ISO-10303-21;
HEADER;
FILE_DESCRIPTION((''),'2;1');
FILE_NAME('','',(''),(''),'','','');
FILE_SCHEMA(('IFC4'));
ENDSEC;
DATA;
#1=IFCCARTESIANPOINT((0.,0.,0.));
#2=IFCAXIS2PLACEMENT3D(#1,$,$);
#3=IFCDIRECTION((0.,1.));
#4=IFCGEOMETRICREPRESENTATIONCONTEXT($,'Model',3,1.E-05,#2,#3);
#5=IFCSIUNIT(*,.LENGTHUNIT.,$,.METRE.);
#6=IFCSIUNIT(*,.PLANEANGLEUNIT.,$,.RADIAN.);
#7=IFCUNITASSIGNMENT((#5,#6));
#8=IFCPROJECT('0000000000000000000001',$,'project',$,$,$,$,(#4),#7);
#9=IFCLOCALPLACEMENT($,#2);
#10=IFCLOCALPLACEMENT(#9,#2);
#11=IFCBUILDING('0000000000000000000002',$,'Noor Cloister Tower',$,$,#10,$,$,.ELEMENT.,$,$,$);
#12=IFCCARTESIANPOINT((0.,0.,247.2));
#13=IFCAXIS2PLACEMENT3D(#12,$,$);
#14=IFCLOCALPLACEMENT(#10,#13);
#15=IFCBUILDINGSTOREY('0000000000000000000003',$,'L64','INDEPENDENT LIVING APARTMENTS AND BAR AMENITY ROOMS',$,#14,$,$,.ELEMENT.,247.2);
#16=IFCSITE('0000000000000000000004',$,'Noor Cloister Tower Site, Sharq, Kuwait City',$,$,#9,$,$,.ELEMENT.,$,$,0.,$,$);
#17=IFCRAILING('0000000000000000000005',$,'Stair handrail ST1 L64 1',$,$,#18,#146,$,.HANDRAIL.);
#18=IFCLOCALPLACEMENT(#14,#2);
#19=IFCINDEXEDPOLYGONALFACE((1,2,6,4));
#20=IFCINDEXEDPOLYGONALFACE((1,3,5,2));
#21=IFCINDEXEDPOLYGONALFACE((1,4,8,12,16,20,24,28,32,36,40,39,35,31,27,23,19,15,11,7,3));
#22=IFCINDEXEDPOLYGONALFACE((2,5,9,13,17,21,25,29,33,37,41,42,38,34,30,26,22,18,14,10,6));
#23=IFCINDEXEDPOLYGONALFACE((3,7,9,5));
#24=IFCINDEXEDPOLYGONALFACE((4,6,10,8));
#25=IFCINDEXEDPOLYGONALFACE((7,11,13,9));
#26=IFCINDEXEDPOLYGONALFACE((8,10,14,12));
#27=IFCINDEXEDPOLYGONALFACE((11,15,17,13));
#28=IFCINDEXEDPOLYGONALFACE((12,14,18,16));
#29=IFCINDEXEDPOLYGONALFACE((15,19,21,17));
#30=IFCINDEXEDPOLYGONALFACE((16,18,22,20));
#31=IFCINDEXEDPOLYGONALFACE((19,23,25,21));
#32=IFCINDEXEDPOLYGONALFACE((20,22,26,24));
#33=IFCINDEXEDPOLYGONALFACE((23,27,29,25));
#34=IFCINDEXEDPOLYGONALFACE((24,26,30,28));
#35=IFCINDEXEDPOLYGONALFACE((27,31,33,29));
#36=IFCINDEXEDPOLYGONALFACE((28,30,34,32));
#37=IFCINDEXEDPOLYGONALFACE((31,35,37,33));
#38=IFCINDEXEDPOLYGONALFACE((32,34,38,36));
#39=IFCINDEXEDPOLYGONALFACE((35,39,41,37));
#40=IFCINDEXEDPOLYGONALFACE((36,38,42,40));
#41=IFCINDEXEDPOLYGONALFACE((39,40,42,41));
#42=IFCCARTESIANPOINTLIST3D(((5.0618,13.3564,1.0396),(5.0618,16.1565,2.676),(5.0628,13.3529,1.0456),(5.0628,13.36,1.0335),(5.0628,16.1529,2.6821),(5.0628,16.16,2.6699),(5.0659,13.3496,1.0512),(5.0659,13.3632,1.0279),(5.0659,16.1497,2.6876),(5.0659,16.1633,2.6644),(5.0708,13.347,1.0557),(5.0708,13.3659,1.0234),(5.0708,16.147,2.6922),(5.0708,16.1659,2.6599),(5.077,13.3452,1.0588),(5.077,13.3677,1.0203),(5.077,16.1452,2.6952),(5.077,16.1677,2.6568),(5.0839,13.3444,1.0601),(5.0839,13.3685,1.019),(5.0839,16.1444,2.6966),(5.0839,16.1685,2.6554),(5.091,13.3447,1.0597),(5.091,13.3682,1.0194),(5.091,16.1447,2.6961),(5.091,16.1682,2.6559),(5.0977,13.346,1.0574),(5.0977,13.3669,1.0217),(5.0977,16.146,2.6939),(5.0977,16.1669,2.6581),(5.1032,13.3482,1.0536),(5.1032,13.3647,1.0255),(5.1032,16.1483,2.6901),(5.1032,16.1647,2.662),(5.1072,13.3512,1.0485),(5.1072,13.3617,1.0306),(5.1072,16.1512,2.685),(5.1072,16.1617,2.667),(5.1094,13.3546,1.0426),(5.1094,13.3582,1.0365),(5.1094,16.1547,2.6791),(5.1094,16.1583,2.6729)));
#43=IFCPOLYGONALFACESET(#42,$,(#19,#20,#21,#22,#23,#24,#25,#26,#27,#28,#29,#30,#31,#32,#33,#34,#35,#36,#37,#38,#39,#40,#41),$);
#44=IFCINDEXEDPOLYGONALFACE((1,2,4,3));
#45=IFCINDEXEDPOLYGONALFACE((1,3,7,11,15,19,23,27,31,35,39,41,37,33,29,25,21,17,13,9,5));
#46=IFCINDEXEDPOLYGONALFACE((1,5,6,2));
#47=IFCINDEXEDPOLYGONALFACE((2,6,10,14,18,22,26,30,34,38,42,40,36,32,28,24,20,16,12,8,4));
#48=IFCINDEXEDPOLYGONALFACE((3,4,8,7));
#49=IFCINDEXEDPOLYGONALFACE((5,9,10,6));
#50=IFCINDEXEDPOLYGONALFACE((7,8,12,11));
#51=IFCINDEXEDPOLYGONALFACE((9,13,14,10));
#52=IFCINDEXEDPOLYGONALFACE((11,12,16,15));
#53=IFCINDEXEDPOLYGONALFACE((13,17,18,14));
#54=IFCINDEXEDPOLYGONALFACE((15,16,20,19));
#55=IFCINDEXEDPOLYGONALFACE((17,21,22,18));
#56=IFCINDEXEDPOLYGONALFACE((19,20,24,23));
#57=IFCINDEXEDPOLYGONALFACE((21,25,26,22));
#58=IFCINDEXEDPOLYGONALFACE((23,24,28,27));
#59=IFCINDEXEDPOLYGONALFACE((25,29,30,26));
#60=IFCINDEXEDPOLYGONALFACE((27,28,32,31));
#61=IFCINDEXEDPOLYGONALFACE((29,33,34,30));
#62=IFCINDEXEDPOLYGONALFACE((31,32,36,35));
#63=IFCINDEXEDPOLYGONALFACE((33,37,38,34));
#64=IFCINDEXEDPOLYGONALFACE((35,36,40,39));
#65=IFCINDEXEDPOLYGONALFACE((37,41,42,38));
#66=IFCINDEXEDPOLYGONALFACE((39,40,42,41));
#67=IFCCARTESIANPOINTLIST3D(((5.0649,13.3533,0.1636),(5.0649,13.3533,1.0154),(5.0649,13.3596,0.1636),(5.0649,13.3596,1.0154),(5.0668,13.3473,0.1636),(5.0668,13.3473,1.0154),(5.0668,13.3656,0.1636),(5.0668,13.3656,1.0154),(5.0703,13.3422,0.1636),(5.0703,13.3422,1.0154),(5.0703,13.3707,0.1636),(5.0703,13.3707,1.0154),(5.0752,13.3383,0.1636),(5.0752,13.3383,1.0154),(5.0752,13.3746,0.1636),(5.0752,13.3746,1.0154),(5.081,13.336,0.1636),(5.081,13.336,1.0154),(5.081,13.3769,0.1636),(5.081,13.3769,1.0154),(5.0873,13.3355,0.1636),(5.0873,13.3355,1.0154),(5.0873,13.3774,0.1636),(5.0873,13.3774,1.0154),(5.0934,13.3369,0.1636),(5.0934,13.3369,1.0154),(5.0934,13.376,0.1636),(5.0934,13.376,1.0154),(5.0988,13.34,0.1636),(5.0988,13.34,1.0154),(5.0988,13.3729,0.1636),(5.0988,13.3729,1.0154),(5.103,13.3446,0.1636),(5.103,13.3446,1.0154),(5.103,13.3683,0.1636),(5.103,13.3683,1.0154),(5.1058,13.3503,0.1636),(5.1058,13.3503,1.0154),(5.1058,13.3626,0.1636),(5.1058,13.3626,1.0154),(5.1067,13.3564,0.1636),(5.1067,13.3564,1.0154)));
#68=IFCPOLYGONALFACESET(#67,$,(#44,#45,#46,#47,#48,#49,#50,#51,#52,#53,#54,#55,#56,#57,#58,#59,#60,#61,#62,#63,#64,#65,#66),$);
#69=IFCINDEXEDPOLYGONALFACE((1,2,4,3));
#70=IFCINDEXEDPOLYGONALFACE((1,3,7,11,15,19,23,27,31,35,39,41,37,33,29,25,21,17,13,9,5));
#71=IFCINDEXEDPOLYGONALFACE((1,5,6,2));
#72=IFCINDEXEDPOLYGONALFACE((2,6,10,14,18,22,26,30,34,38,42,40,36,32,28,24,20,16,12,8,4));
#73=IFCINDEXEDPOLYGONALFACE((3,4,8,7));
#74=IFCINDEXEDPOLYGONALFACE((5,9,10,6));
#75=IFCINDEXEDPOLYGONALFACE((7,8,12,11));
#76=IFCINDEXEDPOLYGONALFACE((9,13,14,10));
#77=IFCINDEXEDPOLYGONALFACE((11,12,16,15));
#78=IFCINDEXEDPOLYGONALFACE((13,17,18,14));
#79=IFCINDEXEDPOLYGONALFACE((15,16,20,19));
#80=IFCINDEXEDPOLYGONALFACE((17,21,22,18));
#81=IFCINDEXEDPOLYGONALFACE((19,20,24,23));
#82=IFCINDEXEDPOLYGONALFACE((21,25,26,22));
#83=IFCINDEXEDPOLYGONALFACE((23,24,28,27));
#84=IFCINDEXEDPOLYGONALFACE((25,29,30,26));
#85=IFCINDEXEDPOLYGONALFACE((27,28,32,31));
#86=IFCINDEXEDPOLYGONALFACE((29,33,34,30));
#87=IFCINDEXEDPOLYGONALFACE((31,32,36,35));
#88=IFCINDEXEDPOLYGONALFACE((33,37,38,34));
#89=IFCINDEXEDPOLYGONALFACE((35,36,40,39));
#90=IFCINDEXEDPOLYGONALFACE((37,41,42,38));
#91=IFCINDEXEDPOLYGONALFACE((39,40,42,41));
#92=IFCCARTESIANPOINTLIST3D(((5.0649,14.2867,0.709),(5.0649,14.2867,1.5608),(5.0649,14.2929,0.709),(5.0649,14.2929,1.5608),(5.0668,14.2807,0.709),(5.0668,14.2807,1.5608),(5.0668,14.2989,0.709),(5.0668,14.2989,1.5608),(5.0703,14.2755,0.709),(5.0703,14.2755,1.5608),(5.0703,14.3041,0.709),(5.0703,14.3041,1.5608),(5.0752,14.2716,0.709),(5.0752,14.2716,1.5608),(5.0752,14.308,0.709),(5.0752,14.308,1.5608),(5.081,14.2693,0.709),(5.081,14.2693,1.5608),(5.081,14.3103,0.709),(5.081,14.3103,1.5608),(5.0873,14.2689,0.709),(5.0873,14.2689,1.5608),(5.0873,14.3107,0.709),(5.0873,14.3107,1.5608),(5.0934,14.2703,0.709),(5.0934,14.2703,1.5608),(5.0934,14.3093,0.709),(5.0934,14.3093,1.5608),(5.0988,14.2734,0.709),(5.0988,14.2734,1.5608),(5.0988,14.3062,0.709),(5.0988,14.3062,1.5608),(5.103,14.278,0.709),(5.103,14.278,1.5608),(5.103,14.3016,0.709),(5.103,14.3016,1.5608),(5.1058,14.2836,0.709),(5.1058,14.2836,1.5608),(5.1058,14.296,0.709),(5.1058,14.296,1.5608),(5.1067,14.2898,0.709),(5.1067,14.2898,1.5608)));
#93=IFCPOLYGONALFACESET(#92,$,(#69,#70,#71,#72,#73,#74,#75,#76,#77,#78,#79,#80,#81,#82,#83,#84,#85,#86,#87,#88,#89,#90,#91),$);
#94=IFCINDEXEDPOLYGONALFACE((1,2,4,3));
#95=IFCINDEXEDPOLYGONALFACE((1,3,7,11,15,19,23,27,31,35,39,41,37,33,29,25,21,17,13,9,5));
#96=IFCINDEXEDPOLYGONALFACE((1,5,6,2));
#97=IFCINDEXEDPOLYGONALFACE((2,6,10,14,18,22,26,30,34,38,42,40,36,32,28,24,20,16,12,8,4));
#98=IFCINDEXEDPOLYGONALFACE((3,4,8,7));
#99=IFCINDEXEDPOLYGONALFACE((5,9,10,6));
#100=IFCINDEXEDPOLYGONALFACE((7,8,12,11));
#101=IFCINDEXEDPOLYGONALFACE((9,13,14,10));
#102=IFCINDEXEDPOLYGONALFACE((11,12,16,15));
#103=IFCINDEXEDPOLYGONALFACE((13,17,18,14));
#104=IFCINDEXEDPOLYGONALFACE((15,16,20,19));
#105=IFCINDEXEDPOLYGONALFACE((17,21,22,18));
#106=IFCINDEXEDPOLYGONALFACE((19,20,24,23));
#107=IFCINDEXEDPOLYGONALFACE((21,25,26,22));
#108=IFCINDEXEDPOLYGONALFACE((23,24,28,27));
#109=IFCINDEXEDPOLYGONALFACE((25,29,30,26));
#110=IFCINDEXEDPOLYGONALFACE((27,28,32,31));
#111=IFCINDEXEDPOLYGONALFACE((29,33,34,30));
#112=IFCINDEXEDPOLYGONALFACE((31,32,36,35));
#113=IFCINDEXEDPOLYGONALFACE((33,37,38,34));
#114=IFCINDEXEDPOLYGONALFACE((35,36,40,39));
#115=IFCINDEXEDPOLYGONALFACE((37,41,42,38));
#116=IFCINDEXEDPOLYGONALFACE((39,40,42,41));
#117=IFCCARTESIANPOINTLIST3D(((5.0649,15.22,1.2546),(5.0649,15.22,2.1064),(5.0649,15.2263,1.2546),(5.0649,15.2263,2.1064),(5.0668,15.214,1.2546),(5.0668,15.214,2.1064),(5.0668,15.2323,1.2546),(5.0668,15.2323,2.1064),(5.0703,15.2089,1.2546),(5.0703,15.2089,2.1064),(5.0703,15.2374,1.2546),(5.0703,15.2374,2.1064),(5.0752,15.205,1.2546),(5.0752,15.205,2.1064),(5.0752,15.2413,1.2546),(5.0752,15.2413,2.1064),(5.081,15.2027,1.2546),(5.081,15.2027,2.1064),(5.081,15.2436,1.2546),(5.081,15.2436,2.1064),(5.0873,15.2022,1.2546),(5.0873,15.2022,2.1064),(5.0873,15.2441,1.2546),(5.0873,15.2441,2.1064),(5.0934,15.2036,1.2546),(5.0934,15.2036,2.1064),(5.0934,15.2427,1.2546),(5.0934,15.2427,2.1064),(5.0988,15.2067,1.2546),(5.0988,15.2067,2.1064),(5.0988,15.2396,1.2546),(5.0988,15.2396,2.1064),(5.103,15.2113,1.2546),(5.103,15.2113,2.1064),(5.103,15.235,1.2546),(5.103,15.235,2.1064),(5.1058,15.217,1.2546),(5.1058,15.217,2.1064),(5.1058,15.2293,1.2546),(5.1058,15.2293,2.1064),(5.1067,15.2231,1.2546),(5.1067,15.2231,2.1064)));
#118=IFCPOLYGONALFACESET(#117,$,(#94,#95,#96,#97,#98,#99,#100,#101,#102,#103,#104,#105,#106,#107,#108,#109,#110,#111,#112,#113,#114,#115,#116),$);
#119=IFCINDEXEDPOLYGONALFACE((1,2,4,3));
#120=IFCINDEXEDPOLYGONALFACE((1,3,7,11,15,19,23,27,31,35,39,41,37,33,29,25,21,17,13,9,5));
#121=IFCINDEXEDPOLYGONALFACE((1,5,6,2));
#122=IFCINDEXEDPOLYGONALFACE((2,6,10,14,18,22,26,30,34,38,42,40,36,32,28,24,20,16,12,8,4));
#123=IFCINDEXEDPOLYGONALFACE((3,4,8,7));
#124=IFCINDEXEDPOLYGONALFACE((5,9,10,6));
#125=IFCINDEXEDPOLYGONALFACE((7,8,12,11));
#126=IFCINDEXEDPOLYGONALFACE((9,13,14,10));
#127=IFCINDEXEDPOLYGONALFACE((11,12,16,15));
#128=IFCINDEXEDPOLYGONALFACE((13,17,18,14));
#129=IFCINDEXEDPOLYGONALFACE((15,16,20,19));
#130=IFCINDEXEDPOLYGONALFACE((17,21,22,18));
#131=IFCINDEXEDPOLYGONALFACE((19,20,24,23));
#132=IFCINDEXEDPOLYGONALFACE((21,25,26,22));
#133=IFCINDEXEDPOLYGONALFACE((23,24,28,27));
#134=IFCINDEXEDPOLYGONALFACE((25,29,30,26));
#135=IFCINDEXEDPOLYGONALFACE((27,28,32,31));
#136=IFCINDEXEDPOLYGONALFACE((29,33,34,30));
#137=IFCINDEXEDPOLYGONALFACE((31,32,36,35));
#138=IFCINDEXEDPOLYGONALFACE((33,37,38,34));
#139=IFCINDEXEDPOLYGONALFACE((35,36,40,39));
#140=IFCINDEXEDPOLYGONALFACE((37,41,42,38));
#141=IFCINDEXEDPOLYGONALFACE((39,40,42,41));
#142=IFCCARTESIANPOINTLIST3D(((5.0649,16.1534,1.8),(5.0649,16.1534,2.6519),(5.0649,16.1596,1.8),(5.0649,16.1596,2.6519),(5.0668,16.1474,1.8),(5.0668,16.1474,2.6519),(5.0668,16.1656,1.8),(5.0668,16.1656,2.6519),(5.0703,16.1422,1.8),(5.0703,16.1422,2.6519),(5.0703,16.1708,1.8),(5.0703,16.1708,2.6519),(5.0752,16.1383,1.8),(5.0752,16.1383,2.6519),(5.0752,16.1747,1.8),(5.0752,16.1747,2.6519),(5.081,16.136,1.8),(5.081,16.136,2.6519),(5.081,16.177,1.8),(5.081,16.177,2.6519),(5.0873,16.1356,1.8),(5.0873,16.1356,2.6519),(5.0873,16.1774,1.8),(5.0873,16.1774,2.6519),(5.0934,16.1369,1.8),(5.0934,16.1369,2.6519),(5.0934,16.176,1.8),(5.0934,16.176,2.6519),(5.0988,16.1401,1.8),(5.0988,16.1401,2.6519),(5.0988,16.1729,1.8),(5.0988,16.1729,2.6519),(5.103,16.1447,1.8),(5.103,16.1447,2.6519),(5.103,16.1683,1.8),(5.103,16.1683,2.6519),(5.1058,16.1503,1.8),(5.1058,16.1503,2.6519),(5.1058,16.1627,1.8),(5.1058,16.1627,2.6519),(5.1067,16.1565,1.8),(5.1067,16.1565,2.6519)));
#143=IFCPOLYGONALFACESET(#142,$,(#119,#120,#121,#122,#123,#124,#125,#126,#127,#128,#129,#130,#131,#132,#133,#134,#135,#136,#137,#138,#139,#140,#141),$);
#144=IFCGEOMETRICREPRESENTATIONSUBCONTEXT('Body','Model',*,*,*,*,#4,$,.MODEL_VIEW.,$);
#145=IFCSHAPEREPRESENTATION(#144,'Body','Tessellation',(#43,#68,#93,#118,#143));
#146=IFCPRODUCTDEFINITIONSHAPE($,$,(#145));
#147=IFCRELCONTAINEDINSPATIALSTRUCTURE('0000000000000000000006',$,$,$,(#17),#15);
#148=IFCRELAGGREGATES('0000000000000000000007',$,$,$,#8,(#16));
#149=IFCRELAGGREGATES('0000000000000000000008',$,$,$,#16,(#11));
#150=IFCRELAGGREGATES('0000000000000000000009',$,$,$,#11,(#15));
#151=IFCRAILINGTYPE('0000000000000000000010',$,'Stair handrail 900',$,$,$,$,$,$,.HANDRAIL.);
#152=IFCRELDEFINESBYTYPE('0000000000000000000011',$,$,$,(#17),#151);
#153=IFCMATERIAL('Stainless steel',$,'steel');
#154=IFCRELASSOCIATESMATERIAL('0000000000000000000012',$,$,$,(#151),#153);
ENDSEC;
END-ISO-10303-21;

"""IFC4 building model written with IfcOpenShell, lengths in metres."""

from ifc_helpers import new_model, si_unit, direction, frame, origin, origin_2d, place, context, subcontext, project, spatial, circle, extrude, material, type_object, element, save


model = new_model("IFC4")

# Units and contexts
model_context = context("Model", 3, precision=1e-05, world=origin(), true_north=direction((0.0, 1.0)))
body_context = subcontext(model_context, "Body", "Model", "MODEL_VIEW")
ifc_project = project(units=[si_unit("LENGTHUNIT", "METRE"), si_unit("PLANEANGLEUNIT", "RADIAN")], contexts=[model_context])

# Site, building, storey
site_placement = place(None, origin())
site = spatial("IfcSite", under=ifc_project, at=site_placement, Name="Noor Cloister Tower Site, Sharq, Kuwait City", CompositionType="ELEMENT", RefElevation=0.0)
building_placement = place(site_placement, origin())
building = spatial("IfcBuilding", under=site, at=building_placement, Name="Noor Cloister Tower", CompositionType="ELEMENT")
storey_placement = place(building_placement, frame((0.0, 0.0, 247.2)))
storey = spatial("IfcBuildingStorey", under=building, at=storey_placement, Name="L64", Description="INDEPENDENT LIVING APARTMENTS AND BAR AMENITY ROOMS", CompositionType="ELEMENT", Elevation=247.2)

# Railing
ifc_material_1 = material(Name="Stainless steel", Category="steel")
railing_type_1 = type_object("IfcRailingType", Name="Stair handrail 900", PredefinedType="HANDRAIL", material=ifc_material_1)
railing_1_placement = place(storey_placement, frame((5.0857, 13.3564, 0.1636)))
element("IfcRailing", 1, at=railing_1_placement, inside=storey, type_object=railing_type_1, Name="Stair handrail ST1 L64 1", PredefinedType="HANDRAIL", context=body_context, shape_type="SweptSolid", body=[
    extrude(circle(Radius=0.0239, at=origin_2d()), frame((0.0, 0.0, 0.876), z_axis=(0.0, 0.863361, 0.504587), x_axis=(-1.0, 0.0, 0.0)), (0.0, 0.0, 1.0), 3.2432),
    extrude(circle(Radius=0.021, at=origin_2d()), origin(), (0.0, 0.0, 1.0), 0.8518),
    extrude(circle(Radius=0.021, at=origin_2d()), frame((0.0, 0.9333, 0.5454)), (0.0, 0.0, 1.0), 0.8518),
    extrude(circle(Radius=0.021, at=origin_2d()), frame((0.0, 1.8667, 1.0911)), (0.0, 0.0, 1.0), 0.8518),
    extrude(circle(Radius=0.021, at=origin_2d()), frame((0.0, 2.8, 1.6365)), (0.0, 0.0, 1.0), 0.8518),
])

save(model, "model.ifc")
